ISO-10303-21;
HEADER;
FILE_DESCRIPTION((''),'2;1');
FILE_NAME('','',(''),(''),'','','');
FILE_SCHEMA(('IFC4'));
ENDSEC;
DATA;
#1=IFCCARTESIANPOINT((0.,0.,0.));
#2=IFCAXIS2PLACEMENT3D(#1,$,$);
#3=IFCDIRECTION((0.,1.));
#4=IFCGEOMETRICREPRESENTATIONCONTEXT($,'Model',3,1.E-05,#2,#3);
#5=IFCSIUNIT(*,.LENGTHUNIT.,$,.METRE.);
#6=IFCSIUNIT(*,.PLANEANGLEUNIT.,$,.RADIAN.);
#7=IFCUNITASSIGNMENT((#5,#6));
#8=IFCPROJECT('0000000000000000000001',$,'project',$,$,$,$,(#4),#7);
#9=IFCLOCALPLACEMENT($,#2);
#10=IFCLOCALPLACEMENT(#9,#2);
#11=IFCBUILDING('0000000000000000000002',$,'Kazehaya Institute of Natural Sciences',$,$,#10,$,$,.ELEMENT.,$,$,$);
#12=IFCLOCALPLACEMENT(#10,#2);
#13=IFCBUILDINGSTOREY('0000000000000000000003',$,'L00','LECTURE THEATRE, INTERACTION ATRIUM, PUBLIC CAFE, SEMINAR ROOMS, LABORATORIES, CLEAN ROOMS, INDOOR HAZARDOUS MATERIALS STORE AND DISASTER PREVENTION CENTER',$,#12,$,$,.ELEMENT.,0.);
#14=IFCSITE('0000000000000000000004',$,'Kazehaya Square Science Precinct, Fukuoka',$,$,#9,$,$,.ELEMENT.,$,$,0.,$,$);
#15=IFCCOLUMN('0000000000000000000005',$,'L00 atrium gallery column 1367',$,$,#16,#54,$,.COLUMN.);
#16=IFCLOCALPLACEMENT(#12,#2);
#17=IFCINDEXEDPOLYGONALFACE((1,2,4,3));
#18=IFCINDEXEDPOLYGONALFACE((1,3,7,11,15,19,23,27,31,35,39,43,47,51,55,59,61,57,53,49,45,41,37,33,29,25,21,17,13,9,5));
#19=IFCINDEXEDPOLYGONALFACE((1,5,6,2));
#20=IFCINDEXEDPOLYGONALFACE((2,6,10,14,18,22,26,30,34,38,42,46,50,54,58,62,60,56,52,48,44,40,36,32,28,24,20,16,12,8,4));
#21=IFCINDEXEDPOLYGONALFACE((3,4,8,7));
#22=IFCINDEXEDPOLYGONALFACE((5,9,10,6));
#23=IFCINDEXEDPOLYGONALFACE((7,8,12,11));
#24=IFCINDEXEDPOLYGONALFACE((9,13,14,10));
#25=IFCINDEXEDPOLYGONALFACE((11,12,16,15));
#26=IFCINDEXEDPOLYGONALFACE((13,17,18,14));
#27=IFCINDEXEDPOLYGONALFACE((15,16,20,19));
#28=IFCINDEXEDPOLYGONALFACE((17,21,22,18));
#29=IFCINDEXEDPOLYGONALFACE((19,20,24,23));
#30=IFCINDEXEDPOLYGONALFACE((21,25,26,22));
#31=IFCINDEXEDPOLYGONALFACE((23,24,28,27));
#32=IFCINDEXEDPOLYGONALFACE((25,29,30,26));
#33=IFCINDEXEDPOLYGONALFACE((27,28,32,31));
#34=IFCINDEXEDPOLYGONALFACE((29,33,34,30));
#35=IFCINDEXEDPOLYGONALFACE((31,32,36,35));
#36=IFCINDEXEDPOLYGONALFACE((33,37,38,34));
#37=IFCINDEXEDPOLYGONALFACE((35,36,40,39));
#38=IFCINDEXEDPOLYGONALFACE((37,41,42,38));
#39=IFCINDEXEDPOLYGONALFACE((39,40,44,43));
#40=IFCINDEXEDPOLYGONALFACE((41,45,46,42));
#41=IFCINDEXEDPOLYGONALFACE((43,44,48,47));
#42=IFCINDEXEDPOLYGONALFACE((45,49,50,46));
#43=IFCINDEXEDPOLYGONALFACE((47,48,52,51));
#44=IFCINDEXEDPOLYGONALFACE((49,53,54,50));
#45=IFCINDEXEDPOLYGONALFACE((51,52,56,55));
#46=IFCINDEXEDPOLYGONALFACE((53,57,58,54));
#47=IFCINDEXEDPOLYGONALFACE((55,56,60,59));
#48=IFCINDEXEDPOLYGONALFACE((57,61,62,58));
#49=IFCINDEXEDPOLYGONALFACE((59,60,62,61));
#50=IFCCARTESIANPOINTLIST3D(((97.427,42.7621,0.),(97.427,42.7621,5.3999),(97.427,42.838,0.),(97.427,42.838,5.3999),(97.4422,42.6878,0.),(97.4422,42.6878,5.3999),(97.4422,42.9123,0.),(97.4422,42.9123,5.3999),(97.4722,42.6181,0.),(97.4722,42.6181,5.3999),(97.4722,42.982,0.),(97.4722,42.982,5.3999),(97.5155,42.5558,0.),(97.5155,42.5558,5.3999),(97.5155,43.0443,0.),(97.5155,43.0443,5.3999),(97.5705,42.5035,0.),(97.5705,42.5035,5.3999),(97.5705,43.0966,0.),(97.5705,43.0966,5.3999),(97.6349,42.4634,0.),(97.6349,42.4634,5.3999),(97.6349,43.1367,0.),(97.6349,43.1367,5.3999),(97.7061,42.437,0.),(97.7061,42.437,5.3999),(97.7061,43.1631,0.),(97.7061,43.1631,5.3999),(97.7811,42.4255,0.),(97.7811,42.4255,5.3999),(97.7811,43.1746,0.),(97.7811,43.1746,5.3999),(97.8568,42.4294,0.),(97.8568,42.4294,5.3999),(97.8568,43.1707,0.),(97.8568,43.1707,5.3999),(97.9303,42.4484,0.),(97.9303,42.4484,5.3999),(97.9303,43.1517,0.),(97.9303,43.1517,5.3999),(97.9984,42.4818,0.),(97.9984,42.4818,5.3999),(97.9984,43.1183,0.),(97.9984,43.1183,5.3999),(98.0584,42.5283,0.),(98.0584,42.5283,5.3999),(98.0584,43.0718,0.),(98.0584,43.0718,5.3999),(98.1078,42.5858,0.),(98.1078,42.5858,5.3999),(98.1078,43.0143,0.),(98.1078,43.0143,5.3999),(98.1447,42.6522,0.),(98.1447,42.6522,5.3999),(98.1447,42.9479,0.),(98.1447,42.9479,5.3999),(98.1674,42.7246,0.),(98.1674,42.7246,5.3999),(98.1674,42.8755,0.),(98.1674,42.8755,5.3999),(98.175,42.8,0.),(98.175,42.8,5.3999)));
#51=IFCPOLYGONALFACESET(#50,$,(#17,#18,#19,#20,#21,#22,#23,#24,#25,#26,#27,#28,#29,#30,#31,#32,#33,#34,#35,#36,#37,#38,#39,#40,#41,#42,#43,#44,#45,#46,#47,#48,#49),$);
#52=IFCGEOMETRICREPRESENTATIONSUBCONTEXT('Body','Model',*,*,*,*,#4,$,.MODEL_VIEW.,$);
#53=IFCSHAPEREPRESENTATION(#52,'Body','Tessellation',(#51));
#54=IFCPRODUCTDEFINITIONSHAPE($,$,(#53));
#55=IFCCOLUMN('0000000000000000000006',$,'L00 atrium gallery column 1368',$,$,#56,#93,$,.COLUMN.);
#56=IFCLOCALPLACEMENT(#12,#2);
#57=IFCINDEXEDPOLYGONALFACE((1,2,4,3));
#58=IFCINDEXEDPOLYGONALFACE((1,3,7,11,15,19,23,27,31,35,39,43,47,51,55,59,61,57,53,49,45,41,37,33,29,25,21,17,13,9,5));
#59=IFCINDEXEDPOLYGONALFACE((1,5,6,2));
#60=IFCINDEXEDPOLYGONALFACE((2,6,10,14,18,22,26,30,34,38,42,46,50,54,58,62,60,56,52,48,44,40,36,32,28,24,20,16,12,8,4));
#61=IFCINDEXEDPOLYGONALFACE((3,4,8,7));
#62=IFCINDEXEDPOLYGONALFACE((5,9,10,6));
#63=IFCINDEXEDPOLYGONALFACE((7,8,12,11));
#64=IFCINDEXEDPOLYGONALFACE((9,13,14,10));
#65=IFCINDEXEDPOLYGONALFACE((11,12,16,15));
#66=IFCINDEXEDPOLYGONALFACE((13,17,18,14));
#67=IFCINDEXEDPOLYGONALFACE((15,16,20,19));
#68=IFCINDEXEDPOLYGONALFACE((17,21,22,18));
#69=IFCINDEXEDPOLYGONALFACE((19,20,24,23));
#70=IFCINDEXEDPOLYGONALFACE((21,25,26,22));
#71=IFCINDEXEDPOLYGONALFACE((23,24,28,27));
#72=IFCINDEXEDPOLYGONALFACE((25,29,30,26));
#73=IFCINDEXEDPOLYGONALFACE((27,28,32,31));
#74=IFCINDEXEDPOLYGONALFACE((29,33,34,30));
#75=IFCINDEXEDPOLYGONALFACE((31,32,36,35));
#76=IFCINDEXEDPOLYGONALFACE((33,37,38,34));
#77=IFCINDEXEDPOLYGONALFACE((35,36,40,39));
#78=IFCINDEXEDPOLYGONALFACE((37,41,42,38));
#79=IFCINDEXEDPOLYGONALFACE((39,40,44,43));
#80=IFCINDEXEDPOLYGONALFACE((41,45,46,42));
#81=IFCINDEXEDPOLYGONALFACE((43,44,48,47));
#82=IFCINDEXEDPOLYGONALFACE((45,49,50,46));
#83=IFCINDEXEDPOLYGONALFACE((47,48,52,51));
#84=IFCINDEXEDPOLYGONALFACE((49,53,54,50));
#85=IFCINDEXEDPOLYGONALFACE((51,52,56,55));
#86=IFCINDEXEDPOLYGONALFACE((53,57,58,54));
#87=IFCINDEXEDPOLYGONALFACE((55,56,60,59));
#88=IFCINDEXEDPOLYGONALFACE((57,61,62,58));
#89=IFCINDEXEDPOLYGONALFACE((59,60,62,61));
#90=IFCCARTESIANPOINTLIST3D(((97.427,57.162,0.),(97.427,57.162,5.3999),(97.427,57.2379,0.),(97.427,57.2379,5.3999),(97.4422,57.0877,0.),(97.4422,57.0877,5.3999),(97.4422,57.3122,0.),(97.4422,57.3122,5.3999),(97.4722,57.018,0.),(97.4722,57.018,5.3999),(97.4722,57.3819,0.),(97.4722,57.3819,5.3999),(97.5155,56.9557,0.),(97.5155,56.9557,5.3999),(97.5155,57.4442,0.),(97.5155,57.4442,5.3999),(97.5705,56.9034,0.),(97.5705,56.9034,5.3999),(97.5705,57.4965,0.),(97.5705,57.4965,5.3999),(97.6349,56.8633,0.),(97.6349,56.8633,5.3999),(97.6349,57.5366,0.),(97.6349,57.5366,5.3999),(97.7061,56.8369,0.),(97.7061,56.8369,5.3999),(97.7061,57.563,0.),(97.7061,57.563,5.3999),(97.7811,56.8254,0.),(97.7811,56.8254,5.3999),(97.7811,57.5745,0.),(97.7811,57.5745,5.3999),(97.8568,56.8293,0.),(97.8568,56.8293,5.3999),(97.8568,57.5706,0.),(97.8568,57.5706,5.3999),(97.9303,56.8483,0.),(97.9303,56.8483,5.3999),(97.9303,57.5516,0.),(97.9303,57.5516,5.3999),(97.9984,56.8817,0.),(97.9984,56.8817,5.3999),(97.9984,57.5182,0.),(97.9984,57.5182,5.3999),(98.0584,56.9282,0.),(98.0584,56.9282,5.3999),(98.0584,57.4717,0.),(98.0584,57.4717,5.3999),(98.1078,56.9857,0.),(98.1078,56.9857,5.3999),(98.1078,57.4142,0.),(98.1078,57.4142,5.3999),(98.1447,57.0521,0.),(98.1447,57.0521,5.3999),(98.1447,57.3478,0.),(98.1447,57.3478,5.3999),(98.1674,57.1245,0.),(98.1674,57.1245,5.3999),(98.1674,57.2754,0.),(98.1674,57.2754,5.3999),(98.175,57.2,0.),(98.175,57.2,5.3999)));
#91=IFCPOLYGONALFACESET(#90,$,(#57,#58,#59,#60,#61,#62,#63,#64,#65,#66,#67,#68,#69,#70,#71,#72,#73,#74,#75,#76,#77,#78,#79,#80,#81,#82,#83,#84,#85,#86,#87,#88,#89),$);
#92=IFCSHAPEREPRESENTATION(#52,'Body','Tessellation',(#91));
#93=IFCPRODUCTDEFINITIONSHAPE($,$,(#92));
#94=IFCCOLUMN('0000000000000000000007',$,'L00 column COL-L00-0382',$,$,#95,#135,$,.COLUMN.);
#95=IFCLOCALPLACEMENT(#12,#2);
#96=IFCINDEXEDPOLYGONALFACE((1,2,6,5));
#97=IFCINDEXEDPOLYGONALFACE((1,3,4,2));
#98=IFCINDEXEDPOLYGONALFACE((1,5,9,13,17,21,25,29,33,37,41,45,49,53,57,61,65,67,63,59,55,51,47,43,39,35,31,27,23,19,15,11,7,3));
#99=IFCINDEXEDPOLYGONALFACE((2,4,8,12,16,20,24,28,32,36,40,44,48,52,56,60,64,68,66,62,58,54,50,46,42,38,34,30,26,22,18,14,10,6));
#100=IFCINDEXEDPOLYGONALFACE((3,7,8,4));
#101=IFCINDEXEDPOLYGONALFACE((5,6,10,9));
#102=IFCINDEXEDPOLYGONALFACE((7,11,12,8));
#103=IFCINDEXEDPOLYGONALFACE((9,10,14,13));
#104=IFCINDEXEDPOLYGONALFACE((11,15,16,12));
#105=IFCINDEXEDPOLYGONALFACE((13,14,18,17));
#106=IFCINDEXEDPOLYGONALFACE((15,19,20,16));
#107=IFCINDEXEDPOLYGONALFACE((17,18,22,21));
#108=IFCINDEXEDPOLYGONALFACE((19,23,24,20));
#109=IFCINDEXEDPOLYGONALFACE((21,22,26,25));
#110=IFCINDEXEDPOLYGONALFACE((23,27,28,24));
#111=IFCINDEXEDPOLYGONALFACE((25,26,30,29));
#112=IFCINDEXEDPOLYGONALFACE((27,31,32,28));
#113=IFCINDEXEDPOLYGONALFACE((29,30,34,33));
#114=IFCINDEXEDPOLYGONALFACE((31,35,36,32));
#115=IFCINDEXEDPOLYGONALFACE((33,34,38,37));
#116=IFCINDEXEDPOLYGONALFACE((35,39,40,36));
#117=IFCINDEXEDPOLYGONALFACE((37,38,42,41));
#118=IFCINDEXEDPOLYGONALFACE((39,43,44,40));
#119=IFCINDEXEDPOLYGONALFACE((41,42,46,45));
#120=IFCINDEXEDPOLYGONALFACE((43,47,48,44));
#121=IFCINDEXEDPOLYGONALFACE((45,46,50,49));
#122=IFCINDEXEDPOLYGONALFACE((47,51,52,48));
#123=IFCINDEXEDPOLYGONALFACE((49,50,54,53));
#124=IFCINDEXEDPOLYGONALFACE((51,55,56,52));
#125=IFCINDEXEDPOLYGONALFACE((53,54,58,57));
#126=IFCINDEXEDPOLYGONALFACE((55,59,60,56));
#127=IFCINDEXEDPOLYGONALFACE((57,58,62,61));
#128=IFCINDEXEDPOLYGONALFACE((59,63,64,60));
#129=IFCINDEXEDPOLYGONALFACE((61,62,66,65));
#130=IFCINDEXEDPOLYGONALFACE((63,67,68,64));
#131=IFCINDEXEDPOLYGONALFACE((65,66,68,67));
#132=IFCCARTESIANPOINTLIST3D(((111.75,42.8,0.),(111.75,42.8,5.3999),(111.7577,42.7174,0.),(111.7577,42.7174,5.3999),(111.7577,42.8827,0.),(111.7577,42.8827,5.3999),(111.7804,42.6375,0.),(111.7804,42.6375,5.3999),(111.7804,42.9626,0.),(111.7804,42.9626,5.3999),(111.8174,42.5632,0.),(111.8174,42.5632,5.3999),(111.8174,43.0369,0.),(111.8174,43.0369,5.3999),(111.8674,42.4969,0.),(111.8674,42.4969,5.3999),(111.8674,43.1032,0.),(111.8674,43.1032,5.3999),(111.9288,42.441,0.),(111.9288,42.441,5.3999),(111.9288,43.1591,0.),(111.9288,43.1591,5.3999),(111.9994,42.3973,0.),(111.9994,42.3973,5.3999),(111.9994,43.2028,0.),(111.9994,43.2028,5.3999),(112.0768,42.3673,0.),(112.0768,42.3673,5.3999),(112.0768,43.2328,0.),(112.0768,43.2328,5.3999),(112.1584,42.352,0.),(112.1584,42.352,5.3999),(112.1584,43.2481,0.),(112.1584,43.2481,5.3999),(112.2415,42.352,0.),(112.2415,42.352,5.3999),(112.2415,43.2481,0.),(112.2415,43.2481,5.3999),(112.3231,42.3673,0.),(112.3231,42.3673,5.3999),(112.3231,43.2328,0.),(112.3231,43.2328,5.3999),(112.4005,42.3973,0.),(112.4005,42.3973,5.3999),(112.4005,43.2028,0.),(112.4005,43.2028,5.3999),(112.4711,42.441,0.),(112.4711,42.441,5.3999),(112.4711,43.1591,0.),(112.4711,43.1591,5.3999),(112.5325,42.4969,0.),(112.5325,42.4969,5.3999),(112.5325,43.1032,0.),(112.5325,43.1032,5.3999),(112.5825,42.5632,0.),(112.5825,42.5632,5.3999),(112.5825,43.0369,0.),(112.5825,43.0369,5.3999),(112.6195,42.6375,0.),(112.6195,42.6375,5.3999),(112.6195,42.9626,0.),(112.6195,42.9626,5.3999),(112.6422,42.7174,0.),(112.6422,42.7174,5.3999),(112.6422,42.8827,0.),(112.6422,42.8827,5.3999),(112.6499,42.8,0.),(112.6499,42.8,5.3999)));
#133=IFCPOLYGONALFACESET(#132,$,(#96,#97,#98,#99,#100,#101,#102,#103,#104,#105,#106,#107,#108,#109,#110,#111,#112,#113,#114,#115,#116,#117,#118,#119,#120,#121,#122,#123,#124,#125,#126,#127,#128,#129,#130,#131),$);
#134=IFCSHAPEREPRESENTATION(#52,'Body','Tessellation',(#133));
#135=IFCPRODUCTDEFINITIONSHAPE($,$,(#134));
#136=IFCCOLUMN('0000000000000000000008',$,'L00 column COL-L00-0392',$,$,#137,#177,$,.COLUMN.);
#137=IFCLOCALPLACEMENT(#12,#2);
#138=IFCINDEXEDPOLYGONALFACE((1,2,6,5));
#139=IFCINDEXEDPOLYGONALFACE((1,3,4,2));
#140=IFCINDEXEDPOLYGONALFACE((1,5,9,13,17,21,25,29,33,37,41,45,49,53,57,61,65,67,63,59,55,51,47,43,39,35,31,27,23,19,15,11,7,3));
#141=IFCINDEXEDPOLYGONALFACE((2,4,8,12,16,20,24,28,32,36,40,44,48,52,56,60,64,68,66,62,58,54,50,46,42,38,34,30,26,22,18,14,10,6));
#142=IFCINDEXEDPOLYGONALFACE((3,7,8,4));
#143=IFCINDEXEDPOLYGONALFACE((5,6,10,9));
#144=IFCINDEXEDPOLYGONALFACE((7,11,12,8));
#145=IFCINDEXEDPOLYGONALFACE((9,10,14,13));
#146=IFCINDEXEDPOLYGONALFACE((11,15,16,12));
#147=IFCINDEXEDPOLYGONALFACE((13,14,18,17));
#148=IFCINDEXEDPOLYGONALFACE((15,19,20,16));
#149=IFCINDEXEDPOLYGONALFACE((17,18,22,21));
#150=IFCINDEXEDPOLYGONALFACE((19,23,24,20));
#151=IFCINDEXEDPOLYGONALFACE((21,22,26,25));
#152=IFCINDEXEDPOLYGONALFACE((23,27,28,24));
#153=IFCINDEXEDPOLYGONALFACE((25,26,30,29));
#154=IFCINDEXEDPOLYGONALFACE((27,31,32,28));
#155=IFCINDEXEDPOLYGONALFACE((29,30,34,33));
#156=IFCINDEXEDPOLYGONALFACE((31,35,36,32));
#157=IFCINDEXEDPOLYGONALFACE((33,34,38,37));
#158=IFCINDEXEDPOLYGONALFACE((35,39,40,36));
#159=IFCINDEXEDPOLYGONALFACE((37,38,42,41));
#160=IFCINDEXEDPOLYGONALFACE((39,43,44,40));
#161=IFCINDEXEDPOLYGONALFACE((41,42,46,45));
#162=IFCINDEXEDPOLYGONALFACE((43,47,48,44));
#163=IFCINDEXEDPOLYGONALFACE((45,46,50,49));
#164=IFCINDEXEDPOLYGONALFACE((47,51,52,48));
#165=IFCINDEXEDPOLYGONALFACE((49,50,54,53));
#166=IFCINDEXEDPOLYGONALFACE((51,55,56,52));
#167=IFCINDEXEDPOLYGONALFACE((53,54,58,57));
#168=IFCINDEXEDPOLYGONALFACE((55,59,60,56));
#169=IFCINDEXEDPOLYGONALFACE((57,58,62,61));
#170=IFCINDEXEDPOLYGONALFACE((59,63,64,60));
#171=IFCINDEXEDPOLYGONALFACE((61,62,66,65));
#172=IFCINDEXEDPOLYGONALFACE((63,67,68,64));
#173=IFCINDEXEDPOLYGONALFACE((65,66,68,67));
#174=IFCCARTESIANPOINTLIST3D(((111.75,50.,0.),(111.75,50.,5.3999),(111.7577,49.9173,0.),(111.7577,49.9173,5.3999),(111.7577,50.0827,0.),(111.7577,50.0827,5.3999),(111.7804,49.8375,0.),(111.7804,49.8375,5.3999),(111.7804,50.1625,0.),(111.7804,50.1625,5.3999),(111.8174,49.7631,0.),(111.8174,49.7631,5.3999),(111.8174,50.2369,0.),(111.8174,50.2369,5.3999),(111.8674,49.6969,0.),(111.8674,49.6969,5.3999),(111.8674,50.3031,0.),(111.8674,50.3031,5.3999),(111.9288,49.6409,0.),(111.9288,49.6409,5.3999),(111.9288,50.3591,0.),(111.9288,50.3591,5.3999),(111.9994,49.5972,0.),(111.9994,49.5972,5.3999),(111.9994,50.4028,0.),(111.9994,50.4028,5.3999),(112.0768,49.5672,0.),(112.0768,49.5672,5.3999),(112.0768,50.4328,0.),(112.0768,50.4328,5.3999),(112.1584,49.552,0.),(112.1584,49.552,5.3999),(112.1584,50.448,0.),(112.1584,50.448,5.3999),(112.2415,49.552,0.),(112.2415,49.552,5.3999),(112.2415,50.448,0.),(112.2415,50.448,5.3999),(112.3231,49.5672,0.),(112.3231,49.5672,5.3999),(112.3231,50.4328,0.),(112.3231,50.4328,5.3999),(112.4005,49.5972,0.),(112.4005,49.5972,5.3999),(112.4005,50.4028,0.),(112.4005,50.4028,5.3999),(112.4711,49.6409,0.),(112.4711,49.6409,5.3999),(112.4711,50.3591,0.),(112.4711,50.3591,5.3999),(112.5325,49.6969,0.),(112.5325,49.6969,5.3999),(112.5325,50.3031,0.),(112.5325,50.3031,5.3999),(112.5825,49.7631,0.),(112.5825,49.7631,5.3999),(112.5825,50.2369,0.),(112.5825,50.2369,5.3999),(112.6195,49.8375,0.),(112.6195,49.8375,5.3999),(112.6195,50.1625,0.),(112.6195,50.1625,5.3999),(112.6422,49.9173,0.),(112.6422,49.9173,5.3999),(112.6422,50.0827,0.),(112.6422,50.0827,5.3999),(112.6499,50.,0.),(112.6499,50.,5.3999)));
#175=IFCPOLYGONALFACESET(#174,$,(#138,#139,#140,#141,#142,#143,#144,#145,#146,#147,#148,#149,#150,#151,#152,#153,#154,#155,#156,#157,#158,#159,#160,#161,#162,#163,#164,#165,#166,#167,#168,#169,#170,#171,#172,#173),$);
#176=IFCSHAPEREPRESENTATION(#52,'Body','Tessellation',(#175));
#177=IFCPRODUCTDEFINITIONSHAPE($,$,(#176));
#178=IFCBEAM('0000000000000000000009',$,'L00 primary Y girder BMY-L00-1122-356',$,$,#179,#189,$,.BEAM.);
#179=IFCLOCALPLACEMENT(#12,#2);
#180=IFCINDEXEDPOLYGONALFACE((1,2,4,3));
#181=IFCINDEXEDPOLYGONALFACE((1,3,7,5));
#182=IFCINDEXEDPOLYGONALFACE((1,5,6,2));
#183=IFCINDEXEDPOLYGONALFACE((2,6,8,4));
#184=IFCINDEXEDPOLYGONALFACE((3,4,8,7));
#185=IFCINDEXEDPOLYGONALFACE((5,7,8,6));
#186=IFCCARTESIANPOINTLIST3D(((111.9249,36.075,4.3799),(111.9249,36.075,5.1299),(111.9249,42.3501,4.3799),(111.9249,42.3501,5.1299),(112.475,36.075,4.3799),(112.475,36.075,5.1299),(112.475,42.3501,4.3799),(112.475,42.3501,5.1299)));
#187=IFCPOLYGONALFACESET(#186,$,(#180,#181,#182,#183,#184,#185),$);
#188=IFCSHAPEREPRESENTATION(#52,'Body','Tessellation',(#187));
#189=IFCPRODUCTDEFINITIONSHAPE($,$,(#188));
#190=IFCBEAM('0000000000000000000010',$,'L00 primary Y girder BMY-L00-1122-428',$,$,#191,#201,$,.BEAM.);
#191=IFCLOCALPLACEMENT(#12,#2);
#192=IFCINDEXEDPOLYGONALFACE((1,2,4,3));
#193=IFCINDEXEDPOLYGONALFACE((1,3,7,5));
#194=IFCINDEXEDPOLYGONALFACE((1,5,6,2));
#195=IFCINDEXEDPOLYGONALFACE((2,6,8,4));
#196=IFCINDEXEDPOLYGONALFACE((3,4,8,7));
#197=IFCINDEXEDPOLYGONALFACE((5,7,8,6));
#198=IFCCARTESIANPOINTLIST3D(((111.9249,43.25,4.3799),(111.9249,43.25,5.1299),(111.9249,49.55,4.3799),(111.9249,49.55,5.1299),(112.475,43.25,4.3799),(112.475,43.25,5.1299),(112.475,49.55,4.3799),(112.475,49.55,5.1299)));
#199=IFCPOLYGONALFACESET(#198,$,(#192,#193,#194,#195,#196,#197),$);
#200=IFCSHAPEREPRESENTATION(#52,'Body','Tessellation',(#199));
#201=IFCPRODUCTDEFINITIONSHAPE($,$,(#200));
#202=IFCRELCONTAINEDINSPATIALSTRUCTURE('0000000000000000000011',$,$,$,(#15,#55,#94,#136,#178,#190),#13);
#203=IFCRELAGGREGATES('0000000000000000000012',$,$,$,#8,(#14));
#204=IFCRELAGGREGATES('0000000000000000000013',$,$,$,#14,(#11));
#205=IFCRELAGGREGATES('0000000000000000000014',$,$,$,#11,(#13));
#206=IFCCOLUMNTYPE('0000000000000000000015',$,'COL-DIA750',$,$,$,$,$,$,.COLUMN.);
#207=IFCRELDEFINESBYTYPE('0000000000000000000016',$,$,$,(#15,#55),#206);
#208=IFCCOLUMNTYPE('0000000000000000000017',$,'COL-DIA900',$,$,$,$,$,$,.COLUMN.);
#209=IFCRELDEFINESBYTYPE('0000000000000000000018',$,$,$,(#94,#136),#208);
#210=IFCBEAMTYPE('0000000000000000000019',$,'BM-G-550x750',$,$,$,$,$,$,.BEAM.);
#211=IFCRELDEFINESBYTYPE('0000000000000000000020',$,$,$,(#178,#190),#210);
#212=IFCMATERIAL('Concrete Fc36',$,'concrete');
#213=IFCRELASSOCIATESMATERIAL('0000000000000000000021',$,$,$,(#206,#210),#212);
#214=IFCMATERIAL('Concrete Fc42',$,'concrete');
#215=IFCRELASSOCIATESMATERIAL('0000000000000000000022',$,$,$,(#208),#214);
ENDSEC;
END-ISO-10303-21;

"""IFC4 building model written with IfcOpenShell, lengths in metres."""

from ifc_helpers import new_model, si_unit, direction, frame, origin, origin_2d, place, context, subcontext, project, spatial, rectangle, circle, extrude, material, material_profile, profile_set, type_object, element, save


model = new_model("IFC4")

# Units and contexts
model_context = context("Model", 3, precision=1e-05, world=origin(), true_north=direction((0.0, 1.0)))
body_context = subcontext(model_context, "Body", "Model", "MODEL_VIEW")
ifc_project = project(units=[si_unit("LENGTHUNIT", "METRE"), si_unit("PLANEANGLEUNIT", "RADIAN")], contexts=[model_context])

# Site, building, storey
site_placement = place(None, origin())
site = spatial("IfcSite", under=ifc_project, at=site_placement, Name="Kazehaya Square Science Precinct, Fukuoka", CompositionType="ELEMENT", RefElevation=0.0)
building_placement = place(site_placement, origin())
building = spatial("IfcBuilding", under=site, at=building_placement, Name="Kazehaya Institute of Natural Sciences", CompositionType="ELEMENT")
storey_placement = place(building_placement, origin())
storey = spatial("IfcBuildingStorey", under=building, at=storey_placement, Name="L00", Description="LECTURE THEATRE, INTERACTION ATRIUM, PUBLIC CAFE, SEMINAR ROOMS, LABORATORIES, CLEAN ROOMS, INDOOR HAZARDOUS MATERIALS STORE AND DISASTER PREVENTION CENTER", CompositionType="ELEMENT", Elevation=0.0)

# Columns
ifc_material_1 = material(Name="Concrete Fc36", Category="concrete")
ifc_material_profile_1 = material_profile(ifc_material_1, circle(Radius=0.375, at=origin_2d()), Name="RC-DIA750")
ifc_profile_set_1 = profile_set([ifc_material_profile_1], Name="Concrete Fc36")
column_type_1 = type_object("IfcColumnType", Name="COL-DIA750", PredefinedType="COLUMN", material=ifc_profile_set_1)
for number, where, z_axis, x_axis, name in (
    (1, (97.8, 42.8, 0.0), (0.0, 0.0, 1.0), (1.0, 0.0, 0.0), "L00 atrium gallery column 1367"),
    (2, (97.8, 57.2, 0.0), (0.0, 0.0, 1.0), (1.0, 0.0, 0.0), "L00 atrium gallery column 1368"),
):
    element("IfcColumn", number, at=place(storey_placement, frame(where, z_axis=z_axis, x_axis=x_axis)), inside=storey, type_object=column_type_1, Name=name, PredefinedType="COLUMN", context=body_context, shape_type="SweptSolid", body=[
        extrude(circle(Radius=0.375, at=origin_2d()), origin(), (0.0, 0.0, 1.0), 5.3999),
    ])
ifc_material_2 = material(Name="Concrete Fc42", Category="concrete")
ifc_material_profile_2 = material_profile(ifc_material_2, circle(Radius=0.45, at=origin_2d()), Name="RC-DIA900")
ifc_profile_set_2 = profile_set([ifc_material_profile_2], Name="Concrete Fc42")
column_type_2 = type_object("IfcColumnType", Name="COL-DIA900", PredefinedType="COLUMN", material=ifc_profile_set_2)
for number, where, z_axis, x_axis, name in (
    (3, (112.2, 42.8, 0.0), (0.0, 0.0, 1.0), (1.0, 0.0, 0.0), "L00 column COL-L00-0382"),
    (4, (112.2, 50.0, 0.0), (0.0, 0.0, 1.0), (1.0, 0.0, 0.0), "L00 column COL-L00-0392"),
):
    element("IfcColumn", number, at=place(storey_placement, frame(where, z_axis=z_axis, x_axis=x_axis)), inside=storey, type_object=column_type_2, Name=name, PredefinedType="COLUMN", context=body_context, shape_type="SweptSolid", body=[
        extrude(circle(Radius=0.45, at=origin_2d()), origin(), (0.0, 0.0, 1.0), 5.3999),
    ])

# Beams
ifc_material_profile_3 = material_profile(ifc_material_1, rectangle(XDim=0.55, YDim=0.75, at=origin_2d()), Name="RC-550x750")
ifc_profile_set_3 = profile_set([ifc_material_profile_3], Name="Concrete Fc36")
beam_type_1 = type_object("IfcBeamType", Name="BM-G-550x750", PredefinedType="BEAM", material=ifc_profile_set_3)
beam_1_placement = place(storey_placement, frame((112.2, 36.075, 4.7549), z_axis=(0.0, 1.0, 0.0), x_axis=(-1.0, 0.0, 0.0)))
element("IfcBeam", 5, at=beam_1_placement, inside=storey, type_object=beam_type_1, Name="L00 primary Y girder BMY-L00-1122-356", PredefinedType="BEAM", context=body_context, shape_type="SweptSolid", body=[
    extrude(rectangle(XDim=0.55, YDim=0.75, at=origin_2d()), origin(), (0.0, 0.0, 1.0), 6.2751),
])
for number, where, z_axis, x_axis, name in (
    (6, (112.2, 43.25, 4.7549), (0.0, 1.0, 0.0), (-1.0, 0.0, 0.0), "L00 primary Y girder BMY-L00-1122-428"),
):
    element("IfcBeam", number, at=place(storey_placement, frame(where, z_axis=z_axis, x_axis=x_axis)), inside=storey, type_object=beam_type_1, Name=name, PredefinedType="BEAM", context=body_context, shape_type="SweptSolid", body=[
        extrude(rectangle(XDim=0.55, YDim=0.75, at=origin_2d()), origin(), (0.0, 0.0, 1.0), 6.3),
    ])

save(model, "model.ifc")
